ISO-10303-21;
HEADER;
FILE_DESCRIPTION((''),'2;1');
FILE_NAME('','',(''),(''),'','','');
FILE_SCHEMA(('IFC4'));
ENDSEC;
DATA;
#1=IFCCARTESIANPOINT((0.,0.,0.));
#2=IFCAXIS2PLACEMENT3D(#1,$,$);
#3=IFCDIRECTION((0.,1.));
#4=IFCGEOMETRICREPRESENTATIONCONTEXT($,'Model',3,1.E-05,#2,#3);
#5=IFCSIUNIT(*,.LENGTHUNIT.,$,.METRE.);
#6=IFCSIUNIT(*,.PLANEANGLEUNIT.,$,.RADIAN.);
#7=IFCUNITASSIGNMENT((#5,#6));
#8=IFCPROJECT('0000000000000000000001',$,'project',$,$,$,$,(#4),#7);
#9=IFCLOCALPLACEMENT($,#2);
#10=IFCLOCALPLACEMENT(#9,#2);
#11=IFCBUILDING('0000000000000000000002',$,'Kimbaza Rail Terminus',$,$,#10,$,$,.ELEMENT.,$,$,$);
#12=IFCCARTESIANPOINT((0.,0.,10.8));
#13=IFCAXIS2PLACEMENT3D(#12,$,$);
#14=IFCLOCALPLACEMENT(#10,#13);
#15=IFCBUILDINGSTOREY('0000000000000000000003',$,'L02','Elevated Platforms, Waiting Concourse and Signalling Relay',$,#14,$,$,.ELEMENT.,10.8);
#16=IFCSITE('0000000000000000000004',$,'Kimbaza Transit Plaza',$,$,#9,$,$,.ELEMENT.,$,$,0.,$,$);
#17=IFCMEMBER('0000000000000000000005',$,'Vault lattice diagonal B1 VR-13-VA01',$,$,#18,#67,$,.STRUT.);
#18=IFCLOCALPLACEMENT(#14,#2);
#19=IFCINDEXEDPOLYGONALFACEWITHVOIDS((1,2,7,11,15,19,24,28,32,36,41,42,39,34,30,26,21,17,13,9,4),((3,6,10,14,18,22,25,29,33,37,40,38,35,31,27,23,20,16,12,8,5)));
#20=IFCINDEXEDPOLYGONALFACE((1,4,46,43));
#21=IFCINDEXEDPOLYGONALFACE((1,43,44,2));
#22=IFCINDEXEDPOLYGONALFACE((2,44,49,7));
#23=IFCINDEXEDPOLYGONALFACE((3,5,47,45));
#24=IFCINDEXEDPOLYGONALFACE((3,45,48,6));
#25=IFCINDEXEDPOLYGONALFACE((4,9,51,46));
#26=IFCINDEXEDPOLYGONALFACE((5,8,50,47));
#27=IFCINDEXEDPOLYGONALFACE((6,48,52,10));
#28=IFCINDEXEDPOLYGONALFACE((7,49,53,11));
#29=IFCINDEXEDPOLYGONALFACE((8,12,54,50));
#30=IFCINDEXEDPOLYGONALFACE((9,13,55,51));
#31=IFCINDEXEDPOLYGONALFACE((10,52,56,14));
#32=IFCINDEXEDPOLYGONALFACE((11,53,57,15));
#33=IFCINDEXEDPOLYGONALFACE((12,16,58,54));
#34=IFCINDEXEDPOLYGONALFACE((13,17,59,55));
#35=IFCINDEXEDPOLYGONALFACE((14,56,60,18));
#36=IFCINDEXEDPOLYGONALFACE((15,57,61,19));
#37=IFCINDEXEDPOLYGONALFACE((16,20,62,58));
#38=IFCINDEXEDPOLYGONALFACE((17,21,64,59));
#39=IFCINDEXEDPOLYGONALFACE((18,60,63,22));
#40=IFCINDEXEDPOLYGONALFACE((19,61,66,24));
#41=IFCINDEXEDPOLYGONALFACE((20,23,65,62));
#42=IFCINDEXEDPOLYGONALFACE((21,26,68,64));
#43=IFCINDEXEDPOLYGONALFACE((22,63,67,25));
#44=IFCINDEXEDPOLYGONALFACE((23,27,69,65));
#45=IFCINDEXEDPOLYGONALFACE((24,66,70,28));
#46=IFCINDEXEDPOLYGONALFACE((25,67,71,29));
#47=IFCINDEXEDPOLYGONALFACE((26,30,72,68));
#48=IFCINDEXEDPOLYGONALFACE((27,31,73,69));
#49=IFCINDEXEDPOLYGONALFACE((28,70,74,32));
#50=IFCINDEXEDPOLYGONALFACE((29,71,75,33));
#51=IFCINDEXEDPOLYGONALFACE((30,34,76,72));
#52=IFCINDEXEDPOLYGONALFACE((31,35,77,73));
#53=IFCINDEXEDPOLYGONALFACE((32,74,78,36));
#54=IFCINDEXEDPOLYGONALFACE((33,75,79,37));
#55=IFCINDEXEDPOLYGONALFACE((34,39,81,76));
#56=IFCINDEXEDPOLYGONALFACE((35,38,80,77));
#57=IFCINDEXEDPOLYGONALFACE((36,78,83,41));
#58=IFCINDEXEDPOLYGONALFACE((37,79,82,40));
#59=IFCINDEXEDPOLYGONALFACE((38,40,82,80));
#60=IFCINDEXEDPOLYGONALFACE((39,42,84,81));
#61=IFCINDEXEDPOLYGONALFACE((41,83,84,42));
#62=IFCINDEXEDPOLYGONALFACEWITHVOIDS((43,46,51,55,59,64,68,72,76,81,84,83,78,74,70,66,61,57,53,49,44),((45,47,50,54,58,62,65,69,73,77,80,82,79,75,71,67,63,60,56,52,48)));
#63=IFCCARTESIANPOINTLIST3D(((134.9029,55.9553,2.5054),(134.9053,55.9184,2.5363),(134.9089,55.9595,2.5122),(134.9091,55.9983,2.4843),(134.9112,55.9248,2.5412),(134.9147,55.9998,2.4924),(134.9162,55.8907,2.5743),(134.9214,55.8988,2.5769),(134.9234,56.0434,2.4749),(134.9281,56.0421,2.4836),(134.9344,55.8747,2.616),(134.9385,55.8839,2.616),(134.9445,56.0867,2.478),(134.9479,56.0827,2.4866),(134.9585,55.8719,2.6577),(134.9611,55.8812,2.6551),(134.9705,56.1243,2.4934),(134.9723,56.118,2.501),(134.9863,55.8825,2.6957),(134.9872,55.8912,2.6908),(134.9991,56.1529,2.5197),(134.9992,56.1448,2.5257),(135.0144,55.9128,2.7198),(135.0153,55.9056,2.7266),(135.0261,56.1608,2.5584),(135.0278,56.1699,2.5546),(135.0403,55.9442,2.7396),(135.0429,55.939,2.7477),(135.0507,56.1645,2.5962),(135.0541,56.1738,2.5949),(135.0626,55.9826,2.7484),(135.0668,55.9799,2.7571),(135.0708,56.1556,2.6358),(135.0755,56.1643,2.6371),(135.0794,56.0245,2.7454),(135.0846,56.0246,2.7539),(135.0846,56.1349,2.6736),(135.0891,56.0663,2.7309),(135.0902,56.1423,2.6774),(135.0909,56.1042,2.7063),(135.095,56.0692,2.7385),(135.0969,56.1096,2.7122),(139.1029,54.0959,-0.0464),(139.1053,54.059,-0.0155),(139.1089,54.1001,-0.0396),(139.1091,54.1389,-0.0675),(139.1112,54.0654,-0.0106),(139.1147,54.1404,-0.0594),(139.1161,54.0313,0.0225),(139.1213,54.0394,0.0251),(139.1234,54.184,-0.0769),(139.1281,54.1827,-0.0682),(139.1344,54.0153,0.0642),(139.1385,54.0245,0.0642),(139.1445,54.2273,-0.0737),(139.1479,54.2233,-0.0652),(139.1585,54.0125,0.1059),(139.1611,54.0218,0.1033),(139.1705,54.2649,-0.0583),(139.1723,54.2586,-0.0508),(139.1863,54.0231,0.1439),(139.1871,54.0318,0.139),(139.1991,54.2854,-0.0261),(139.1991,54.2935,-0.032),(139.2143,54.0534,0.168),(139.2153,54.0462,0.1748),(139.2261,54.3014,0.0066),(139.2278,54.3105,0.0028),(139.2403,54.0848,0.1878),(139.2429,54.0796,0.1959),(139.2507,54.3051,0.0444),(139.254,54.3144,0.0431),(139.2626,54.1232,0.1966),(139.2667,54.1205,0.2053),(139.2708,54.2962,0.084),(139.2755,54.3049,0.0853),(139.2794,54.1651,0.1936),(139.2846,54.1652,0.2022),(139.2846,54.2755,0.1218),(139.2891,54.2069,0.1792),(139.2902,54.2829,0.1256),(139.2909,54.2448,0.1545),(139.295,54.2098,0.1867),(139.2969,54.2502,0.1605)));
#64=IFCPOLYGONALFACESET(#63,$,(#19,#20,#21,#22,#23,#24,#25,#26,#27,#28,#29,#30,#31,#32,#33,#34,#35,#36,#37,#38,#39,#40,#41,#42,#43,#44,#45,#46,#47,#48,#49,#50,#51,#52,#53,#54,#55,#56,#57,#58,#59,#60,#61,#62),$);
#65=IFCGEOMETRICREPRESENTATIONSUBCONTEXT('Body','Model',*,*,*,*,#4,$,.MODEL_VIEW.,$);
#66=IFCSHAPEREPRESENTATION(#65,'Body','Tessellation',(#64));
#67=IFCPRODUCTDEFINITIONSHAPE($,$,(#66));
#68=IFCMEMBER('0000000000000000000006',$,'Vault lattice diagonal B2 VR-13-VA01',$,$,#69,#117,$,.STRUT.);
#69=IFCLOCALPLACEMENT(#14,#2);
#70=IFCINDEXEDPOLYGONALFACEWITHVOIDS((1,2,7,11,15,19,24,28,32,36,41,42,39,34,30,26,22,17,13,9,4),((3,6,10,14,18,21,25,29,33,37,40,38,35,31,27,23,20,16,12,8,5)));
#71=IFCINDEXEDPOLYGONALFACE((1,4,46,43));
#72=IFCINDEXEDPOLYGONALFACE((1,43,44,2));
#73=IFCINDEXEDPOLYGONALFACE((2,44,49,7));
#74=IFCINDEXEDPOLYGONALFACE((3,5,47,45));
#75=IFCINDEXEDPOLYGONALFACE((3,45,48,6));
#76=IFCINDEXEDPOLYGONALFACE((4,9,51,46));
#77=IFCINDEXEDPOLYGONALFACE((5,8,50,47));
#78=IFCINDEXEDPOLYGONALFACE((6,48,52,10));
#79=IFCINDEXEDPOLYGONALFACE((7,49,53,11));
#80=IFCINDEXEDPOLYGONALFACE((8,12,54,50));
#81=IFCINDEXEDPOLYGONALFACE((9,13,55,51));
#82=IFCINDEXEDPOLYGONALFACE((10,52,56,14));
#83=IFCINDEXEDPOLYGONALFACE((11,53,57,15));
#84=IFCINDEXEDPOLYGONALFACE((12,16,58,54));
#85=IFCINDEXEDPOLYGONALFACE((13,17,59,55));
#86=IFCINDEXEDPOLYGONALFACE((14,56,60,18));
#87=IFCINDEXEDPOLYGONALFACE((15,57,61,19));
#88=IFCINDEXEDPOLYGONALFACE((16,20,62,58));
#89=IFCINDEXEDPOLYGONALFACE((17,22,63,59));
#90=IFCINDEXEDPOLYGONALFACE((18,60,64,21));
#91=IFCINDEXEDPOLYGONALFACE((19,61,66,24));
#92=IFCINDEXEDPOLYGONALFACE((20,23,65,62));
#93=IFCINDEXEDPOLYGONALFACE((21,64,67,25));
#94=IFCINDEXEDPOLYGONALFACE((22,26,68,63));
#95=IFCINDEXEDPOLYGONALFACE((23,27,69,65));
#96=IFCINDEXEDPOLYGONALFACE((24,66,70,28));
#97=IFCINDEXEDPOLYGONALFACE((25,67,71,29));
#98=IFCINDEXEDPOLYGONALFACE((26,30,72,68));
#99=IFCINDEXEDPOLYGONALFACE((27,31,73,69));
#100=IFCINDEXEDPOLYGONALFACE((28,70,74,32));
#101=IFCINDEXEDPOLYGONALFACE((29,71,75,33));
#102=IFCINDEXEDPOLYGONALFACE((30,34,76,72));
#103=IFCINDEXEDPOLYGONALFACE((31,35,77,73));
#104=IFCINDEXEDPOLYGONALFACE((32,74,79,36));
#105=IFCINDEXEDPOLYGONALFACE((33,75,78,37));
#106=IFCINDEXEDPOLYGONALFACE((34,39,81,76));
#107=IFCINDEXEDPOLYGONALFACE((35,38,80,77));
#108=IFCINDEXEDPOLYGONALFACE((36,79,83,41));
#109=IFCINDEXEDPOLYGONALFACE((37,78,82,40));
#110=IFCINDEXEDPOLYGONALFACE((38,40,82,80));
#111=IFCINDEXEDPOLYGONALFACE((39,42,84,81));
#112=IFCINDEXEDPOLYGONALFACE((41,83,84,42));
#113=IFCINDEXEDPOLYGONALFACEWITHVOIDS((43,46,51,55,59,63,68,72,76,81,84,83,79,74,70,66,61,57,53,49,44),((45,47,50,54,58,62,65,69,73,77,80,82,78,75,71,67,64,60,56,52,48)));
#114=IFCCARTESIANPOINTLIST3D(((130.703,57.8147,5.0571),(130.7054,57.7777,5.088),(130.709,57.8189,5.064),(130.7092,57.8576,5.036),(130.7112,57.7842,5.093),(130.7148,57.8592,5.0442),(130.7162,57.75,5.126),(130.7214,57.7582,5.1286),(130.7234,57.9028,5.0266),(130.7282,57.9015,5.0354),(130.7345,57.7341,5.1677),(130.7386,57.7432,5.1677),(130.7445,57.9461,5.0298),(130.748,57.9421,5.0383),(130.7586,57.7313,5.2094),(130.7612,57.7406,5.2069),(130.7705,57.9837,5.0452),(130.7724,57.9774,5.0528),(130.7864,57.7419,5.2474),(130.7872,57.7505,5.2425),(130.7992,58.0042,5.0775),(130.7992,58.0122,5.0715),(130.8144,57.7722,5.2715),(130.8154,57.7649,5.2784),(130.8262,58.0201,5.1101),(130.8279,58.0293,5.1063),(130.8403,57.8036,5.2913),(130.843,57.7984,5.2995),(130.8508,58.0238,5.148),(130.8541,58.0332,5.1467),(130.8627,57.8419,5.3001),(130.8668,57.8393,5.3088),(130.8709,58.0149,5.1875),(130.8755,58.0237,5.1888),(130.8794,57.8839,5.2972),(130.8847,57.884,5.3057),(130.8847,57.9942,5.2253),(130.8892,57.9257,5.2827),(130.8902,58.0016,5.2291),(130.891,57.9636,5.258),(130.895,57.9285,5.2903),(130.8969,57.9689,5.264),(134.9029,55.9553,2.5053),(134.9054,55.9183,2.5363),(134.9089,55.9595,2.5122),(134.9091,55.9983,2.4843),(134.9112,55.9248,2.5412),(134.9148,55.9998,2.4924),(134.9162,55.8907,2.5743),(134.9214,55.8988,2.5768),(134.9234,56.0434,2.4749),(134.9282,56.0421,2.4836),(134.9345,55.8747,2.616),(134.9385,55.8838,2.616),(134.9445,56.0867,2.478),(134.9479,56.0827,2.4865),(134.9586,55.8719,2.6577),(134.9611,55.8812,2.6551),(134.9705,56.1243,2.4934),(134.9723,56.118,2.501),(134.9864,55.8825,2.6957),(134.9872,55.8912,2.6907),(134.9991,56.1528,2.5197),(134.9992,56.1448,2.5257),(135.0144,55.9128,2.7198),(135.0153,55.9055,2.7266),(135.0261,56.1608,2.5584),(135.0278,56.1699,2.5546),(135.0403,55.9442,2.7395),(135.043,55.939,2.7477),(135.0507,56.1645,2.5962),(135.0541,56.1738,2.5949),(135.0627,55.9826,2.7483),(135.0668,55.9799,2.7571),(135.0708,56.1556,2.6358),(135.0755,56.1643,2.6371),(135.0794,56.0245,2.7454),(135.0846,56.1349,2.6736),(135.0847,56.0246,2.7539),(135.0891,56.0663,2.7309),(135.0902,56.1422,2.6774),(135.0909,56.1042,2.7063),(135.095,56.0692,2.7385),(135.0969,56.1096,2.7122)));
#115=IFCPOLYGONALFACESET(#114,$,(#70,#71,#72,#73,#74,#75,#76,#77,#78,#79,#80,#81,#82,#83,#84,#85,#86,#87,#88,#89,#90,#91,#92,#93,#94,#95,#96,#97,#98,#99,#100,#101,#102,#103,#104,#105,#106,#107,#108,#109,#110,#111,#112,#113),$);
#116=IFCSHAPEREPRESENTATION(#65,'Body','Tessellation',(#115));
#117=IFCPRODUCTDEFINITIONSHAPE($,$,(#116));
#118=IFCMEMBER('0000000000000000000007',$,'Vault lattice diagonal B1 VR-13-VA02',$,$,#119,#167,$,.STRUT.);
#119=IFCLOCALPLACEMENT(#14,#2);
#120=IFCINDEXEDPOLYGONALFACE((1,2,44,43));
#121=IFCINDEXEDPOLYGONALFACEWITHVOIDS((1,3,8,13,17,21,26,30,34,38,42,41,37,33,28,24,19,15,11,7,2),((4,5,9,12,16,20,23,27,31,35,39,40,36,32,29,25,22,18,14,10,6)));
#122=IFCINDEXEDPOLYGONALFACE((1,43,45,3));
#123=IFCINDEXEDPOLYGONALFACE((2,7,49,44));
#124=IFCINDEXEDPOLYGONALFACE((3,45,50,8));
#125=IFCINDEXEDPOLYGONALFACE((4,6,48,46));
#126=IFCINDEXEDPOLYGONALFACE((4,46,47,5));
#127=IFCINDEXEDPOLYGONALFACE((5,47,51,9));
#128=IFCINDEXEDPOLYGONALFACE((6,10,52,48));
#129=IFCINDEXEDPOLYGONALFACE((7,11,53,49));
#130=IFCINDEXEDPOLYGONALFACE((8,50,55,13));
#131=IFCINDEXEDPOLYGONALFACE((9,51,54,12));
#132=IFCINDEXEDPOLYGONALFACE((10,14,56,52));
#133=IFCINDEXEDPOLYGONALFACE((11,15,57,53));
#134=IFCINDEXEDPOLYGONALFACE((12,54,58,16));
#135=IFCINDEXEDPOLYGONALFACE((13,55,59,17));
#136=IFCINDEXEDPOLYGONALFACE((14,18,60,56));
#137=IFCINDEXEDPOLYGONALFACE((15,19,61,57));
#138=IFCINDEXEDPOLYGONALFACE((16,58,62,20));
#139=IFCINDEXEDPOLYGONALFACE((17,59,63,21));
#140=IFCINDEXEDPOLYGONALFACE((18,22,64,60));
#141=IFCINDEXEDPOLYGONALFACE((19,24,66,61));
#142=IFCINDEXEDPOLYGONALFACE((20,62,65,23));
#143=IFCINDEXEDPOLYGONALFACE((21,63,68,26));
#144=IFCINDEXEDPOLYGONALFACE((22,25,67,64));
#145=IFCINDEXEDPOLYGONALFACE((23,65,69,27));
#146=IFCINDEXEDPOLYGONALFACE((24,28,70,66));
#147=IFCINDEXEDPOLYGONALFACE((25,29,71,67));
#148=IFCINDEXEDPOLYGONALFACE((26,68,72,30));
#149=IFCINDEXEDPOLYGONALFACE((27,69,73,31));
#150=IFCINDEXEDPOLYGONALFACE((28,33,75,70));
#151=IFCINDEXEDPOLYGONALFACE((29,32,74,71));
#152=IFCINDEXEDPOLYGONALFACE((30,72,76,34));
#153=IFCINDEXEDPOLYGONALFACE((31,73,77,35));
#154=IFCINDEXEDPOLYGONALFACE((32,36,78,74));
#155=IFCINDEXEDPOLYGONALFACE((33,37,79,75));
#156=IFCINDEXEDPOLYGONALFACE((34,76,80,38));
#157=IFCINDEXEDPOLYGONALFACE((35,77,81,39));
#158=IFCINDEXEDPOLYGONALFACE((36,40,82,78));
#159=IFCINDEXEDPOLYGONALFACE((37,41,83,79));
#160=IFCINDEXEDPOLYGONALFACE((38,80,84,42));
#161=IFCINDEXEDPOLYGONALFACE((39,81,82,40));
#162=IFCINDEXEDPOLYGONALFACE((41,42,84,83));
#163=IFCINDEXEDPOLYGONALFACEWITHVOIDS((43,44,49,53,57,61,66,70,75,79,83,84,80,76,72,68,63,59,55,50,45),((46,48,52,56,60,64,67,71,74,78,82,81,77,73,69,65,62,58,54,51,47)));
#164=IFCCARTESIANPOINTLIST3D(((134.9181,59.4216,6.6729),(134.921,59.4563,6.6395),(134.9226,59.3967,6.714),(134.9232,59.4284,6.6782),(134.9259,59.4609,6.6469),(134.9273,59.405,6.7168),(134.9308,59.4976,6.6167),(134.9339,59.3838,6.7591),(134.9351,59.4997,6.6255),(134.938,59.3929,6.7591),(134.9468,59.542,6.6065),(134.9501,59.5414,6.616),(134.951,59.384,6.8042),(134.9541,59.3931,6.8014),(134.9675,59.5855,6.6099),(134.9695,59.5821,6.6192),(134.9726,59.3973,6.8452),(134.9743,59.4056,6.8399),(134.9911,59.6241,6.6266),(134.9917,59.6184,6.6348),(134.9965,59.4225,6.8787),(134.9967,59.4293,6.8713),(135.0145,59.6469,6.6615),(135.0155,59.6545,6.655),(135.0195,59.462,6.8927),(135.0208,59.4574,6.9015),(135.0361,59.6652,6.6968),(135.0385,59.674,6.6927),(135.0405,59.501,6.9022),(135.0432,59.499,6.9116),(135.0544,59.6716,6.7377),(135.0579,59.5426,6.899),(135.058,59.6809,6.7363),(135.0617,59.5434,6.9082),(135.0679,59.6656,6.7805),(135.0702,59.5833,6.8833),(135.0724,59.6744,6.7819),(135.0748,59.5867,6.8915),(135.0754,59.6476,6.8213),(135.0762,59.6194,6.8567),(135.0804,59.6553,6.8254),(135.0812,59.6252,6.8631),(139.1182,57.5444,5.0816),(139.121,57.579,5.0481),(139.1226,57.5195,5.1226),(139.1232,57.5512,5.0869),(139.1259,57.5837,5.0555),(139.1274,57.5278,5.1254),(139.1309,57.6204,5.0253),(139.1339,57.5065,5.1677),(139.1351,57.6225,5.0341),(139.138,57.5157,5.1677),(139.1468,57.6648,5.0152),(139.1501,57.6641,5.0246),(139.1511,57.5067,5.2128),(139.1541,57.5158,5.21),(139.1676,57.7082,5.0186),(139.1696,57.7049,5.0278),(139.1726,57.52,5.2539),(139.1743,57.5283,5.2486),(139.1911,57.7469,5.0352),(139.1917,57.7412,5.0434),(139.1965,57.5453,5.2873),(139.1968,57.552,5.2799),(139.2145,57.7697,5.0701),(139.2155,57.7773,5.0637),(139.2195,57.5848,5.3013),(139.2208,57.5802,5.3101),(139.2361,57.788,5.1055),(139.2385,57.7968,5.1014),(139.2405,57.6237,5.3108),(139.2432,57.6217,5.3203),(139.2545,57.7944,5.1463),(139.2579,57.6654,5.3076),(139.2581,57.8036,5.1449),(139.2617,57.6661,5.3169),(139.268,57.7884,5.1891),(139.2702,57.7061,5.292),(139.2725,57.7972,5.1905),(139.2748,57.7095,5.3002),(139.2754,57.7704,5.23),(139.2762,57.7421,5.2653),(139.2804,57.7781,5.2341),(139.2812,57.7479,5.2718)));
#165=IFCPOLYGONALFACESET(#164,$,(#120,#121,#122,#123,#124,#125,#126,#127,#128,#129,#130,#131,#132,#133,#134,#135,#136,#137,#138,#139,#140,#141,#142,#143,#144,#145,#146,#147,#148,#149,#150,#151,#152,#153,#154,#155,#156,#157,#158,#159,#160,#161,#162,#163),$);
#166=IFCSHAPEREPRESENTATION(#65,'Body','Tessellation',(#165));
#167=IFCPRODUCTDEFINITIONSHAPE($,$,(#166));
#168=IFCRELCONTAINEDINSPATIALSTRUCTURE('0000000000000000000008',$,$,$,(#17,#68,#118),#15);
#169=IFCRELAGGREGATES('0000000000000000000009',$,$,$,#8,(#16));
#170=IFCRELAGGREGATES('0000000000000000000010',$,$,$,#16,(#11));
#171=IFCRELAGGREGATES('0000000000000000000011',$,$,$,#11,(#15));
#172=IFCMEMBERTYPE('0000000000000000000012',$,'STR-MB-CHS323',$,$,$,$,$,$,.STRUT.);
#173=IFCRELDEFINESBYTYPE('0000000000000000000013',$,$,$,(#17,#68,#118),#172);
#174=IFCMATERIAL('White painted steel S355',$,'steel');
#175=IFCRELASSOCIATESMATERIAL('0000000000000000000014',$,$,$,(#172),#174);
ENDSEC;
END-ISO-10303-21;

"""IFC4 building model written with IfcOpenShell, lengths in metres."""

from ifc_helpers import new_model, si_unit, direction, frame, origin, origin_2d, place, context, subcontext, project, spatial, hollow_circle, extrude, material, material_profile, profile_set, type_object, element, save


model = new_model("IFC4")

# Units and contexts
model_context = context("Model", 3, precision=1e-05, world=origin(), true_north=direction((0.0, 1.0)))
body_context = subcontext(model_context, "Body", "Model", "MODEL_VIEW")
ifc_project = project(units=[si_unit("LENGTHUNIT", "METRE"), si_unit("PLANEANGLEUNIT", "RADIAN")], contexts=[model_context])

# Site, building, storey
site_placement = place(None, origin())
site = spatial("IfcSite", under=ifc_project, at=site_placement, Name="Kimbaza Transit Plaza", CompositionType="ELEMENT", RefElevation=0.0)
building_placement = place(site_placement, origin())
building = spatial("IfcBuilding", under=site, at=building_placement, Name="Kimbaza Rail Terminus", CompositionType="ELEMENT")
storey_placement = place(building_placement, frame((0.0, 0.0, 10.8)))
storey = spatial("IfcBuildingStorey", under=building, at=storey_placement, Name="L02", Description="Elevated Platforms, Waiting Concourse and Signalling Relay", CompositionType="ELEMENT", Elevation=10.8)

# Members
ifc_material_1 = material(Name="White painted steel S355", Category="steel")
ifc_material_profile_1 = material_profile(ifc_material_1, hollow_circle(Radius=0.1619, WallThickness=0.01, at=origin_2d()), Name="CHS 323.9x10")
ifc_profile_set_1 = profile_set([ifc_material_profile_1], Name="White painted steel S355")
member_type_1 = type_object("IfcMemberType", Name="STR-MB-CHS323", PredefinedType="STRUT", material=ifc_profile_set_1)
for number, where, z_axis, x_axis, name in (
    (1, (139.2, 54.1633, 0.0642), (-0.799326, 0.353873, 0.485645), (-0.404816, -0.914398, 0.0), "Vault lattice diagonal B1 VR-13-VA01"),
    (2, (135.0, 56.0227, 2.616), (-0.799326, 0.353873, 0.485645), (-0.404816, -0.914398, 0.0), "Vault lattice diagonal B2 VR-13-VA01"),
):
    element("IfcMember", number, at=place(storey_placement, frame(where, z_axis=z_axis, x_axis=x_axis)), inside=storey, type_object=member_type_1, Name=name, PredefinedType="STRUT", context=body_context, shape_type="SweptSolid", body=[
        extrude(hollow_circle(Radius=0.1619, WallThickness=0.01, at=origin_2d()), origin(), (0.0, 0.0, 1.0), 5.2544),
    ])
member_1_placement = place(storey_placement, frame((139.2, 57.6543, 5.1677), z_axis=(-0.862798, 0.385634, 0.326903), x_axis=(-0.408053, -0.912958, 0.0)))
element("IfcMember", 3, at=member_1_placement, inside=storey, type_object=member_type_1, Name="Vault lattice diagonal B1 VR-13-VA02", PredefinedType="STRUT", context=body_context, shape_type="SweptSolid", body=[
    extrude(hollow_circle(Radius=0.1619, WallThickness=0.01, at=origin_2d()), origin(), (0.0, 0.0, 1.0), 4.8679),
])

save(model, "model.ifc")
